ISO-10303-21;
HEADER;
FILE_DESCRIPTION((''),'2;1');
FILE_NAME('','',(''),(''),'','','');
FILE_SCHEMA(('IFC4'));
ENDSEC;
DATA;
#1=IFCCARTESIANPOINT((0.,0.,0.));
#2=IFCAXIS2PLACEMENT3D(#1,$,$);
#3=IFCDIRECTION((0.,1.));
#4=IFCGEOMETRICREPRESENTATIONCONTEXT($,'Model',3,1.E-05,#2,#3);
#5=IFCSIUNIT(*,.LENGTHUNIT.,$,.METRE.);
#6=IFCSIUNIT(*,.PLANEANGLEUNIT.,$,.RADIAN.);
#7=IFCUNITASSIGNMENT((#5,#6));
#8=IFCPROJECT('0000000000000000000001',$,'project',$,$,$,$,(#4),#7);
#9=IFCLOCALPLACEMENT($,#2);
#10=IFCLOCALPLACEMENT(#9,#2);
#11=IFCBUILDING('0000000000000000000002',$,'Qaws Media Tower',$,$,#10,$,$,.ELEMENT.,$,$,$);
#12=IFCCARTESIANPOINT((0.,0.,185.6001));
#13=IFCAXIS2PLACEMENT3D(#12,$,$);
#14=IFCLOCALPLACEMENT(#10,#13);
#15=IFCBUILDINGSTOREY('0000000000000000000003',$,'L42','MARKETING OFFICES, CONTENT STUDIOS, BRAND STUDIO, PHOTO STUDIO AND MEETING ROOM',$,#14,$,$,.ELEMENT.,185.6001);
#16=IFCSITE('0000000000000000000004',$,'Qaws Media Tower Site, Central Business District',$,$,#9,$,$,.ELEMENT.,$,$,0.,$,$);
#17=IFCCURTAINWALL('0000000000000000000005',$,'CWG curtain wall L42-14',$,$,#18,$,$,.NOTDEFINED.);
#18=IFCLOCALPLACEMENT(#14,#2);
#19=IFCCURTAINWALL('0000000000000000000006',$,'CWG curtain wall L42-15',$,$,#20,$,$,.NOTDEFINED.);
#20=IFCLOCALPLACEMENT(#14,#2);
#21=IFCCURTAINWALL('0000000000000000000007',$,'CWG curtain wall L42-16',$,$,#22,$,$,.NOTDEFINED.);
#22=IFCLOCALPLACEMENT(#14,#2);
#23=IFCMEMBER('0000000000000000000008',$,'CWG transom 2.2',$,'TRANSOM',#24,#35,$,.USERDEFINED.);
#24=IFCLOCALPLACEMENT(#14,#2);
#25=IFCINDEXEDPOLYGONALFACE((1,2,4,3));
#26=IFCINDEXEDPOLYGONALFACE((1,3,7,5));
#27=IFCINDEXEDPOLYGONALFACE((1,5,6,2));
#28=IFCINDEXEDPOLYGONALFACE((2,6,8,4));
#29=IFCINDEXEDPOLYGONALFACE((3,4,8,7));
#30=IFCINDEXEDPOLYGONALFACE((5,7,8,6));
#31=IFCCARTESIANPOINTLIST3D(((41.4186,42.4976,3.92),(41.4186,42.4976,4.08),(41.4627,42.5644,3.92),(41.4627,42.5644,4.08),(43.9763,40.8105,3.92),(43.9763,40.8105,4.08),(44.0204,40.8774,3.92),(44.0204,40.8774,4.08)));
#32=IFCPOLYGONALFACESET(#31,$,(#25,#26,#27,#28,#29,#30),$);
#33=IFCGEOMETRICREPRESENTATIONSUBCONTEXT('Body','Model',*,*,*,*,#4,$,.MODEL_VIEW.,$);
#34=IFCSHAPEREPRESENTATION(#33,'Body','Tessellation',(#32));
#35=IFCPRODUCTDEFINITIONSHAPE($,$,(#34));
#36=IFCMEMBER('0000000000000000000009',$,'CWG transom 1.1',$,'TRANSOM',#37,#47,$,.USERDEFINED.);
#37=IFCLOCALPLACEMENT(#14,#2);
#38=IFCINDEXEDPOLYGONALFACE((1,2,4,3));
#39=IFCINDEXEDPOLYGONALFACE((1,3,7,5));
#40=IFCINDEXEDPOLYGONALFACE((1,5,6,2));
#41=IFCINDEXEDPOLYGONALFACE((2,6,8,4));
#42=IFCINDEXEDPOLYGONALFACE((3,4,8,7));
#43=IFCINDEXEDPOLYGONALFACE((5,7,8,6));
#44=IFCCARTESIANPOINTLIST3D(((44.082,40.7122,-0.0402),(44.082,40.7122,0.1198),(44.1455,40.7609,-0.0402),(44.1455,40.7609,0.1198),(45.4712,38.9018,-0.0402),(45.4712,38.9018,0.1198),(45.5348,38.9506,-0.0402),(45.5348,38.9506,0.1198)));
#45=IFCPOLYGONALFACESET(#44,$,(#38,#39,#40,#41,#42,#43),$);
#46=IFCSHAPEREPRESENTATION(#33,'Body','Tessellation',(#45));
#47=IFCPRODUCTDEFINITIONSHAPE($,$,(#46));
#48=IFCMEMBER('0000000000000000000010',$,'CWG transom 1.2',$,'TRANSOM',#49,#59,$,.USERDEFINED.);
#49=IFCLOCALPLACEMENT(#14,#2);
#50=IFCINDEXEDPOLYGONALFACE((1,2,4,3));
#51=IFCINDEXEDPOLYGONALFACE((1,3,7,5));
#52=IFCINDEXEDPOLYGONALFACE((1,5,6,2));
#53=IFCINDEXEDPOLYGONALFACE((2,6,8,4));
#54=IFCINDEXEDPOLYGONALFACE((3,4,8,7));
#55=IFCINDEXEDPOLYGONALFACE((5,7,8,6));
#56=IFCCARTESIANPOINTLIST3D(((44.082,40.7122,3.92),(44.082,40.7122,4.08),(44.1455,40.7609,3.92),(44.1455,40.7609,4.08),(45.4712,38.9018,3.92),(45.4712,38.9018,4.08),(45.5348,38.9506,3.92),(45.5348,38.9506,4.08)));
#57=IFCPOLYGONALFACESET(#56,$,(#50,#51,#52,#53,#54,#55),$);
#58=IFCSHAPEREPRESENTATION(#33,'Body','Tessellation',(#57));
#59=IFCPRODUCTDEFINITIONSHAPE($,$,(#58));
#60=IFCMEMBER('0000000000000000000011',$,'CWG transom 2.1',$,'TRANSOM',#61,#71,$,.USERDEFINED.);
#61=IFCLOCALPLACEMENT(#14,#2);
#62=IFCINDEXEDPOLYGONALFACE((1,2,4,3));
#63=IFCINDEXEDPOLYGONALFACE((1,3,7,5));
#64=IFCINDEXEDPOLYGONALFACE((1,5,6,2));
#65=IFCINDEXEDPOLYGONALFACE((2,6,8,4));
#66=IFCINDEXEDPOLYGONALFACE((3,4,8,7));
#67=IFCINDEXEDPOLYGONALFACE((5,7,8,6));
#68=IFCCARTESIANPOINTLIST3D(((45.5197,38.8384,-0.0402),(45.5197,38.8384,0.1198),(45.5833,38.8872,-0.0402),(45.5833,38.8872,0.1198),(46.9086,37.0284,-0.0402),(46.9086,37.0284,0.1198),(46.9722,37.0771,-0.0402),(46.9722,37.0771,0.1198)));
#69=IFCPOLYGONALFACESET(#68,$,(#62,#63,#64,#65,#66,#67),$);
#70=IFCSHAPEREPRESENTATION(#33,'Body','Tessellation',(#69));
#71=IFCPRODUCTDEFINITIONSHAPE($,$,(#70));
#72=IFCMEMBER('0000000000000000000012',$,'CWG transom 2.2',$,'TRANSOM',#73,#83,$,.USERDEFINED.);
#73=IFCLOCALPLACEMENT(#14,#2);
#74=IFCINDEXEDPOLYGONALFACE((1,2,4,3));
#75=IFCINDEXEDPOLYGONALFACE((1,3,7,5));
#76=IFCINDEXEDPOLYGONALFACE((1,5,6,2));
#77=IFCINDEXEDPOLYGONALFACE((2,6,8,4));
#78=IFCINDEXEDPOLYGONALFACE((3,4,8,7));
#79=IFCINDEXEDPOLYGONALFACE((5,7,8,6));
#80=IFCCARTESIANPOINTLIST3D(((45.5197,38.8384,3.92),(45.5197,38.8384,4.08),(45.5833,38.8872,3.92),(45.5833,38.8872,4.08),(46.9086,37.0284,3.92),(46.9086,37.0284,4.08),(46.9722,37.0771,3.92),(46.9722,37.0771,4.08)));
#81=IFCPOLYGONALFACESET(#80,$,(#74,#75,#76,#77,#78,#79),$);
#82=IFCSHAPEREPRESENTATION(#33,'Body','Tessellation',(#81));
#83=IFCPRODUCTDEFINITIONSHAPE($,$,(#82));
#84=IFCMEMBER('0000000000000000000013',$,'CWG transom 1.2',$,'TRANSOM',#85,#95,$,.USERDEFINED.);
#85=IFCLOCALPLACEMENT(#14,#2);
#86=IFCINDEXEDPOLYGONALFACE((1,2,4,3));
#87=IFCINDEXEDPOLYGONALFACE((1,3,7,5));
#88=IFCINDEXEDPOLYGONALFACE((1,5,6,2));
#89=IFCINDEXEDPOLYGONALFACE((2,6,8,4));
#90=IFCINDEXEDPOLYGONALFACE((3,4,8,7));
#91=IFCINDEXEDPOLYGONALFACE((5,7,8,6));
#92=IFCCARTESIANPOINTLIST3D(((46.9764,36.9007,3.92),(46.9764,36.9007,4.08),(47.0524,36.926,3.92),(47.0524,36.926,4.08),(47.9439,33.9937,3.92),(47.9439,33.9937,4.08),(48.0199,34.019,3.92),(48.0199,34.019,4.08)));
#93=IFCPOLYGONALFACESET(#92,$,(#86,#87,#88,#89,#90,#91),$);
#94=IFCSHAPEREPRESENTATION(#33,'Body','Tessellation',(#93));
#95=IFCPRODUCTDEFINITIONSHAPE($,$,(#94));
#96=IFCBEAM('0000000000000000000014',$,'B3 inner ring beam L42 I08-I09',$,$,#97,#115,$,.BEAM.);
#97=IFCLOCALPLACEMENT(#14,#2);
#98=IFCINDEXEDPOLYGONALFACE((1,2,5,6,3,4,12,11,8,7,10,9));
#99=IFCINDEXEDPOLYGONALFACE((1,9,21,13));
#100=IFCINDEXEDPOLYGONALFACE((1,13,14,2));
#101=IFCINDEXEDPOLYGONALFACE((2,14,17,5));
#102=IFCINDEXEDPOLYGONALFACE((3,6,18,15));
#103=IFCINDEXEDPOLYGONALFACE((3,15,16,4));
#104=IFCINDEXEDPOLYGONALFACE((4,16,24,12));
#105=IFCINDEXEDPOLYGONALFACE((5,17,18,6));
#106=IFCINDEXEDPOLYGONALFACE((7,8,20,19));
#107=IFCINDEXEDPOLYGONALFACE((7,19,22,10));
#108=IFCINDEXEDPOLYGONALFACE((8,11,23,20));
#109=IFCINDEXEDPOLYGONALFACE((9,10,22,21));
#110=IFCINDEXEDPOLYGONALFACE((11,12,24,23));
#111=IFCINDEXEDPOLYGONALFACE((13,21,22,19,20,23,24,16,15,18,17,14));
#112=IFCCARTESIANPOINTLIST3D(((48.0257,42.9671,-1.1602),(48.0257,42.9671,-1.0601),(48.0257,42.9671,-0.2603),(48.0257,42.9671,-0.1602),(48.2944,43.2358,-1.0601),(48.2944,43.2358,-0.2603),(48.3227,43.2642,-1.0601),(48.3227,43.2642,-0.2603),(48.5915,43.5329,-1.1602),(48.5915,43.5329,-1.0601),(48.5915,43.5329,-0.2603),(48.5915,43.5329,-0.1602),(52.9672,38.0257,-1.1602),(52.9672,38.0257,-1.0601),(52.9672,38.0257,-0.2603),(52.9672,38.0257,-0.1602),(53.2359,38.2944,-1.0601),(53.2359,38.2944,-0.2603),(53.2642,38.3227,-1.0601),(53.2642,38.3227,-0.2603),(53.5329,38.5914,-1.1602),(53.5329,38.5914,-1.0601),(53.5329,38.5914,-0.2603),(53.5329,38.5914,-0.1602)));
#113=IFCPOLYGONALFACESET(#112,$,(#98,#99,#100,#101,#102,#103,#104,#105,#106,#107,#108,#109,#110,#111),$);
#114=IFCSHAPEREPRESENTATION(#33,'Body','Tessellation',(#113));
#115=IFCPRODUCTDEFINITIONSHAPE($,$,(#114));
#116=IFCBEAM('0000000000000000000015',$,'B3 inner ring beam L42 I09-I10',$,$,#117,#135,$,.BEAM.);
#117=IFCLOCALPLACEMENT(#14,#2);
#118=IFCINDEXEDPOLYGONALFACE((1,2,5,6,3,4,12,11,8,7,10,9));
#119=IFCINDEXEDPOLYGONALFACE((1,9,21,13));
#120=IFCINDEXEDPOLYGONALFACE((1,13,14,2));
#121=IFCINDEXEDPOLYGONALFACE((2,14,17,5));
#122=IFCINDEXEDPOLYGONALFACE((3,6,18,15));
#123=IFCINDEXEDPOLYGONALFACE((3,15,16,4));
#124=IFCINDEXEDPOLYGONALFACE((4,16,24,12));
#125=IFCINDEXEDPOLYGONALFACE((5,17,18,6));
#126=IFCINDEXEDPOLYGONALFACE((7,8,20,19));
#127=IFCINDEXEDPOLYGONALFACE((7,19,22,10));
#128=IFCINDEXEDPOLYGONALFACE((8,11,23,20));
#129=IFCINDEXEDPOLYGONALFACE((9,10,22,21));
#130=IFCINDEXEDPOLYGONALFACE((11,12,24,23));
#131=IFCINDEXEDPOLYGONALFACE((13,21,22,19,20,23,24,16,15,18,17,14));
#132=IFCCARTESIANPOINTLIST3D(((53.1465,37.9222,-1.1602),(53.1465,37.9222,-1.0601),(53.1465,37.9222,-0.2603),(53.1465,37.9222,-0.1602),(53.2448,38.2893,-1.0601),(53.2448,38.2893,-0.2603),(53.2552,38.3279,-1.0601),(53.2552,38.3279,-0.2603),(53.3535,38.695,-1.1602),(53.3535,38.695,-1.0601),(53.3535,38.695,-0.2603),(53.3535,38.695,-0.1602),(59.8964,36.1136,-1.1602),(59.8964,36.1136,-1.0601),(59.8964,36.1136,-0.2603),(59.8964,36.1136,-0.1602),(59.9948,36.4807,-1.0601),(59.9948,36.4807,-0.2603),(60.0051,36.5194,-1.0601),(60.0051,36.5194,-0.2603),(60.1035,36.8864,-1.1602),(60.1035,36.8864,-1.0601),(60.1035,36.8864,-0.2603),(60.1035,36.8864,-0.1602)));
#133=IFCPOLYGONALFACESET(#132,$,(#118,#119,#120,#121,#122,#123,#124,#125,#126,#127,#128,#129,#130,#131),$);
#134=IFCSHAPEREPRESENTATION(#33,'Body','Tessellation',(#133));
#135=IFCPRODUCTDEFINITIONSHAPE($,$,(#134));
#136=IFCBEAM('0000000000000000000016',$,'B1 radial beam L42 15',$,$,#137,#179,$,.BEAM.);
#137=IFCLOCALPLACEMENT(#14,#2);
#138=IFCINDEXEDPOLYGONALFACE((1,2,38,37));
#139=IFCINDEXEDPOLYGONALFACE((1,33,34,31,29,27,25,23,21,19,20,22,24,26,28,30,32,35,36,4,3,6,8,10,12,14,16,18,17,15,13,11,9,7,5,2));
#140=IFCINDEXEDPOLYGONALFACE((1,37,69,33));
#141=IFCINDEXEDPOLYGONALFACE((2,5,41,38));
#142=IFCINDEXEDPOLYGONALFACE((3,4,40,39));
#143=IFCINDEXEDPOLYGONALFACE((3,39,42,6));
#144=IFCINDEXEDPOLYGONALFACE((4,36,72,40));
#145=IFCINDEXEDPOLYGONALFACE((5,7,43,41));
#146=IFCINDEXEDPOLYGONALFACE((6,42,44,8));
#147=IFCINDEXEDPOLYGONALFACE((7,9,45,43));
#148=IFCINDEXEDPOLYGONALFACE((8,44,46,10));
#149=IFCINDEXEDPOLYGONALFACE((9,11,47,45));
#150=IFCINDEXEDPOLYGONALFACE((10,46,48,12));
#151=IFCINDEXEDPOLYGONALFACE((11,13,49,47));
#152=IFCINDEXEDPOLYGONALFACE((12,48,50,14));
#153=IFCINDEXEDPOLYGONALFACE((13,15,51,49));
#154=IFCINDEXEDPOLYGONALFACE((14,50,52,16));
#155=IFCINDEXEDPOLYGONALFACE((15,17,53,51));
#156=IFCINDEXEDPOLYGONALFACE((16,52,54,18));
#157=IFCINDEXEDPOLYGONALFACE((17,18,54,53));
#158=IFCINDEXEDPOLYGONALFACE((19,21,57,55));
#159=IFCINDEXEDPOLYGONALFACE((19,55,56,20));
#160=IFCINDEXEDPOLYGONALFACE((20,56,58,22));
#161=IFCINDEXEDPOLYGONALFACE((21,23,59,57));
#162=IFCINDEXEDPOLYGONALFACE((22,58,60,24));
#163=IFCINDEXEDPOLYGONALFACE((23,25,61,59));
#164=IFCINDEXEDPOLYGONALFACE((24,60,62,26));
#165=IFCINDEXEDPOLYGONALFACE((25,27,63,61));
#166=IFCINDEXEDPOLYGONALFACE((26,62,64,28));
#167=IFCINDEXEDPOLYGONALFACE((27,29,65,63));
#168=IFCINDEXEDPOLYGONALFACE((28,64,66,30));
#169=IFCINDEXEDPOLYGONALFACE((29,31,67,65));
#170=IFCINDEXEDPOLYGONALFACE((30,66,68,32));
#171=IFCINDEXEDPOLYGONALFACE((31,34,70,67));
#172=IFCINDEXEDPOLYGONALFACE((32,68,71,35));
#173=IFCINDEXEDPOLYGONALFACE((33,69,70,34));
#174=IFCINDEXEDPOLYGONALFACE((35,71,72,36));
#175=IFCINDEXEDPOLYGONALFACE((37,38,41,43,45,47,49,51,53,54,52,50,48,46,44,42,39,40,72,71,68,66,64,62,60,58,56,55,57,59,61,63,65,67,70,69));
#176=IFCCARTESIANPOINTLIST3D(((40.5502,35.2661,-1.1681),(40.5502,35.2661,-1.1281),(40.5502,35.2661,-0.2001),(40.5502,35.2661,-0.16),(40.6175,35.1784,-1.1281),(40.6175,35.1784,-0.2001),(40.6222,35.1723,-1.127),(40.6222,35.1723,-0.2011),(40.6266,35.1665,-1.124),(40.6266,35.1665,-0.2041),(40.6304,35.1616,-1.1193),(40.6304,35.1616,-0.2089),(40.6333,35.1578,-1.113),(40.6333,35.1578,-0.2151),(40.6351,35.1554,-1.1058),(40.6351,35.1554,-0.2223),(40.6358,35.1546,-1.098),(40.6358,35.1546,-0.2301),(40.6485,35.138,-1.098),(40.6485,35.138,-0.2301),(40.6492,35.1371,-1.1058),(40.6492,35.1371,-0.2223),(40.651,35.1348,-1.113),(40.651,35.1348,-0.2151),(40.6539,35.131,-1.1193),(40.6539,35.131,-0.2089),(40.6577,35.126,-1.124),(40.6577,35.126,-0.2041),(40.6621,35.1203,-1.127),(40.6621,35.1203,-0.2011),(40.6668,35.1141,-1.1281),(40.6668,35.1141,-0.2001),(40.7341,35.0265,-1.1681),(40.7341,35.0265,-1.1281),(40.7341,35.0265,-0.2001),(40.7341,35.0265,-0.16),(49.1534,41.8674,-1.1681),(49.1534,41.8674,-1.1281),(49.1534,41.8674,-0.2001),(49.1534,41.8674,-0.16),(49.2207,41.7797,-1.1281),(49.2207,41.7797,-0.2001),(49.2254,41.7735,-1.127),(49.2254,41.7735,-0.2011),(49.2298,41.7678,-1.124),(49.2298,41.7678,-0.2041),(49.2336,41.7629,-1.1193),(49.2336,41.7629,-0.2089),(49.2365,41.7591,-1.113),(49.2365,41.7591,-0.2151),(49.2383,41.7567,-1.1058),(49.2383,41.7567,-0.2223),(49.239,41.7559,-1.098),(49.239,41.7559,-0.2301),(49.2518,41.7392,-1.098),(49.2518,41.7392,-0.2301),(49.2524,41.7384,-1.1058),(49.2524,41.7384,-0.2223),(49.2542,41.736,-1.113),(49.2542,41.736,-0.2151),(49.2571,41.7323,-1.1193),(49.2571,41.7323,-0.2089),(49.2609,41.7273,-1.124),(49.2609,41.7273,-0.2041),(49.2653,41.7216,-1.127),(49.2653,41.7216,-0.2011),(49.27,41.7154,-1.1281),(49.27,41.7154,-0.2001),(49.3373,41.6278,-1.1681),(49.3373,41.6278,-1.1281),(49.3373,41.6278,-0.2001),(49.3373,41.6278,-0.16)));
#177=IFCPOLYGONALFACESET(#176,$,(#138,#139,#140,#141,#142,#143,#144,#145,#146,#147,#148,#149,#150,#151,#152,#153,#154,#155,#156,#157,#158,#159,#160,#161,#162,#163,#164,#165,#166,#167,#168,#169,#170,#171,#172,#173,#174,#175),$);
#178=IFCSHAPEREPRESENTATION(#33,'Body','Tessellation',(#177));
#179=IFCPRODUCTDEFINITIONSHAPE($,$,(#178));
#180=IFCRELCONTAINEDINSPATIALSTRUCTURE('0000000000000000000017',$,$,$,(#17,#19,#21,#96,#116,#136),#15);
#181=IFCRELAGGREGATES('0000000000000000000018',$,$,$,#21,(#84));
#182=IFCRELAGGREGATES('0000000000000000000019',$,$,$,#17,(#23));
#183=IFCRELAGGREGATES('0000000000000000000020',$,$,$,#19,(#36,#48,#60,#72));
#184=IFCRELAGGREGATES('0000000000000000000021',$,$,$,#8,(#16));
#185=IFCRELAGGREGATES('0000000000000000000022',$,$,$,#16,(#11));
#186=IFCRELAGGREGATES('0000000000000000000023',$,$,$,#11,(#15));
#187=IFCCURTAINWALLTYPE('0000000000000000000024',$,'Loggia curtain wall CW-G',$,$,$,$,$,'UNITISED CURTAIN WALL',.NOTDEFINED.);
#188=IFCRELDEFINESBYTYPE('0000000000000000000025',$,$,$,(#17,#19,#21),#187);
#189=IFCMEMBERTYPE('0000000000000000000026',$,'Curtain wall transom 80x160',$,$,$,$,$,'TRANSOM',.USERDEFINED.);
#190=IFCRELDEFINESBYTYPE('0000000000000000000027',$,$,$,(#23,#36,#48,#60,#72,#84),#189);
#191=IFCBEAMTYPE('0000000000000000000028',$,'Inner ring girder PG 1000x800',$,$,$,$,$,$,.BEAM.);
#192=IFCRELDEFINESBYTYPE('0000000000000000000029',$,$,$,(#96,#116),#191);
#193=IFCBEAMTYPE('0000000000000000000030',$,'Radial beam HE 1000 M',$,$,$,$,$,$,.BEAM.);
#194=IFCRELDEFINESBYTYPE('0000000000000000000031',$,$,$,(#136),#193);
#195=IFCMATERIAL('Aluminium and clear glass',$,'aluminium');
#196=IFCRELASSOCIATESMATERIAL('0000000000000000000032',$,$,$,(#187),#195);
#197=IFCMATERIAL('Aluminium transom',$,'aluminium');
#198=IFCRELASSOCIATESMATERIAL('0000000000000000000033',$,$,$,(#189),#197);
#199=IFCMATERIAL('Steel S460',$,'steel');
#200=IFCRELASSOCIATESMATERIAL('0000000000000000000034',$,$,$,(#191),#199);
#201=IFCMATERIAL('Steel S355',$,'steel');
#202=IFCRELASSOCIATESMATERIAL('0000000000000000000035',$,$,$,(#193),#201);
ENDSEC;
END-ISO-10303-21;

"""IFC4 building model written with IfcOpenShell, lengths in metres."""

from ifc_helpers import new_model, si_unit, direction, frame, origin, origin_2d, place, context, subcontext, project, spatial, rectangle, i_section, extrude, material, material_profile, profile_set, type_object, element, aggregate, save


model = new_model("IFC4")

# Units and contexts
model_context = context("Model", 3, precision=1e-05, world=origin(), true_north=direction((0.0, 1.0)))
body_context = subcontext(model_context, "Body", "Model", "MODEL_VIEW")
ifc_project = project(units=[si_unit("LENGTHUNIT", "METRE"), si_unit("PLANEANGLEUNIT", "RADIAN")], contexts=[model_context])

# Site, building, storey
site_placement = place(None, origin())
site = spatial("IfcSite", under=ifc_project, at=site_placement, Name="Qaws Media Tower Site, Central Business District", CompositionType="ELEMENT", RefElevation=0.0)
building_placement = place(site_placement, origin())
building = spatial("IfcBuilding", under=site, at=building_placement, Name="Qaws Media Tower", CompositionType="ELEMENT")
storey_placement = place(building_placement, frame((0.0, 0.0, 185.6001)))
storey = spatial("IfcBuildingStorey", under=building, at=storey_placement, Name="L42", Description="MARKETING OFFICES, CONTENT STUDIOS, BRAND STUDIO, PHOTO STUDIO AND MEETING ROOM", CompositionType="ELEMENT", Elevation=185.6001)

# Curtain wall
ifc_material_1 = material(Name="Aluminium and clear glass", Category="aluminium")
curtain_wall_type = type_object("IfcCurtainWallType", Name="Loggia curtain wall CW-G", ElementType="UNITISED CURTAIN WALL", PredefinedType="NOTDEFINED", material=ifc_material_1)
curtain_wall_1_placement = place(storey_placement, origin())
curtain_wall_1 = element("IfcCurtainWall", 1, at=curtain_wall_1_placement, inside=storey, type_object=curtain_wall_type, Name="CWG curtain wall L42-14", PredefinedType="NOTDEFINED")

# Curtain wall
curtain_wall_2_placement = place(storey_placement, origin())
curtain_wall_2 = element("IfcCurtainWall", 2, at=curtain_wall_2_placement, inside=storey, type_object=curtain_wall_type, Name="CWG curtain wall L42-15", PredefinedType="NOTDEFINED")

# Curtain wall
curtain_wall_3_placement = place(storey_placement, origin())
curtain_wall_3 = element("IfcCurtainWall", 3, at=curtain_wall_3_placement, inside=storey, type_object=curtain_wall_type, Name="CWG curtain wall L42-16", PredefinedType="NOTDEFINED")

# Members
ifc_material_2 = material(Name="Aluminium transom", Category="aluminium")
ifc_material_profile_1 = material_profile(ifc_material_2, rectangle(XDim=0.0801, YDim=0.1599, at=origin_2d()), Name="80x160")
ifc_profile_set_1 = profile_set([ifc_material_profile_1], Name="Aluminium transom")
member_type_1 = type_object("IfcMemberType", Name="Curtain wall transom 80x160", ElementType="TRANSOM", PredefinedType="USERDEFINED", material=ifc_profile_set_1)
member_1_placement = place(storey_placement, frame((41.4407, 42.531, 4.0), z_axis=(0.834762, -0.550611, 0.0), x_axis=(0.550611, 0.834762, 0.0)))
member_1 = element("IfcMember", 4, at=member_1_placement, type_object=member_type_1, Name="CWG transom 2.2", ObjectType="TRANSOM", PredefinedType="USERDEFINED", context=body_context, shape_type="SweptSolid", body=[
    extrude(rectangle(XDim=0.0801, YDim=0.1599, at=origin_2d()), origin(), (0.0, 0.0, 1.0), 3.064),
])
member_2_placement = place(storey_placement, frame((44.1138, 40.7366, 0.0398), z_axis=(0.60878, -0.793339, 0.0), x_axis=(0.793339, 0.60878, 0.0)))
member_2 = element("IfcMember", 5, at=member_2_placement, type_object=member_type_1, Name="CWG transom 1.1", ObjectType="TRANSOM", PredefinedType="USERDEFINED", context=body_context, shape_type="SweptSolid", body=[
    extrude(rectangle(XDim=0.0801, YDim=0.1599, at=origin_2d()), origin(), (0.0, 0.0, 1.0), 2.282),
])
member_3_placement = place(storey_placement, frame((44.1138, 40.7366, 4.0), z_axis=(0.60878, -0.793339, 0.0), x_axis=(0.793339, 0.60878, 0.0)))
member_3 = element("IfcMember", 6, at=member_3_placement, type_object=member_type_1, Name="CWG transom 1.2", ObjectType="TRANSOM", PredefinedType="USERDEFINED", context=body_context, shape_type="SweptSolid", body=[
    extrude(rectangle(XDim=0.0801, YDim=0.1599, at=origin_2d()), origin(), (0.0, 0.0, 1.0), 2.282),
])
member_4_placement = place(storey_placement, frame((45.5515, 38.8628, 0.0398), z_axis=(0.608764, -0.793351, 0.0), x_axis=(0.793351, 0.608764, 0.0)))
member_4 = element("IfcMember", 7, at=member_4_placement, type_object=member_type_1, Name="CWG transom 2.1", ObjectType="TRANSOM", PredefinedType="USERDEFINED", context=body_context, shape_type="SweptSolid", body=[
    extrude(rectangle(XDim=0.0801, YDim=0.1599, at=origin_2d()), origin(), (0.0, 0.0, 1.0), 2.2815),
])
member_5_placement = place(storey_placement, frame((45.5515, 38.8628, 4.0), z_axis=(0.608764, -0.793351, 0.0), x_axis=(0.793351, 0.608764, 0.0)))
member_5 = element("IfcMember", 8, at=member_5_placement, type_object=member_type_1, Name="CWG transom 2.2", ObjectType="TRANSOM", PredefinedType="USERDEFINED", context=body_context, shape_type="SweptSolid", body=[
    extrude(rectangle(XDim=0.0801, YDim=0.1599, at=origin_2d()), origin(), (0.0, 0.0, 1.0), 2.2815),
])
member_6_placement = place(storey_placement, frame((47.0144, 36.9133, 4.0), z_axis=(0.315797, -0.948827, 0.0), x_axis=(0.948827, 0.315797, 0.0)))
member_6 = element("IfcMember", 9, at=member_6_placement, type_object=member_type_1, Name="CWG transom 1.2", ObjectType="TRANSOM", PredefinedType="USERDEFINED", context=body_context, shape_type="SweptSolid", body=[
    extrude(rectangle(XDim=0.0801, YDim=0.1599, at=origin_2d()), origin(), (0.0, 0.0, 1.0), 3.0637),
])
aggregate(curtain_wall_3, [member_6])

# Beams
ifc_material_3 = material(Name="Steel S460", Category="steel")
ifc_material_profile_2 = material_profile(ifc_material_3, i_section(OverallWidth=0.8, OverallDepth=1.0, WebThickness=0.04, FlangeThickness=0.1001, at=origin_2d()), Name="PG 1000x800")
ifc_profile_set_2 = profile_set([ifc_material_profile_2], Name="Steel S460")
beam_type_1 = type_object("IfcBeamType", Name="Inner ring girder PG 1000x800", PredefinedType="BEAM", material=ifc_profile_set_2)
beam_1_placement = place(storey_placement, frame((48.3086, 43.25, -0.6602), z_axis=(0.707107, -0.707107, 0.0), x_axis=(0.707107, 0.707107, 0.0)))
element("IfcBeam", 10, at=beam_1_placement, inside=storey, type_object=beam_type_1, Name="B3 inner ring beam L42 I08-I09", PredefinedType="BEAM", context=body_context, shape_type="SweptSolid", body=[
    extrude(i_section(OverallWidth=0.8, OverallDepth=1.0, WebThickness=0.04, FlangeThickness=0.1001, at=origin_2d()), origin(), (0.0, 0.0, 1.0), 6.9883),
])
beam_2_placement = place(storey_placement, frame((53.25, 38.3086, -0.6602), z_axis=(0.965928, -0.258811, 0.0), x_axis=(0.258811, 0.965928, 0.0)))
element("IfcBeam", 11, at=beam_2_placement, inside=storey, type_object=beam_type_1, Name="B3 inner ring beam L42 I09-I10", PredefinedType="BEAM", context=body_context, shape_type="SweptSolid", body=[
    extrude(i_section(OverallWidth=0.8, OverallDepth=1.0, WebThickness=0.04, FlangeThickness=0.1001, at=origin_2d()), origin(), (0.0, 0.0, 1.0), 6.988),
])
ifc_material_4 = material(Name="Steel S355", Category="steel")
ifc_material_profile_3 = material_profile(ifc_material_4, i_section(OverallWidth=0.302, OverallDepth=1.0081, WebThickness=0.021, FlangeThickness=0.04, FilletRadius=0.03, at=origin_2d()), Name="HE 1000 M")
ifc_profile_set_3 = profile_set([ifc_material_profile_3], Name="Steel S355")
beam_type_2 = type_object("IfcBeamType", Name="Radial beam HE 1000 M", PredefinedType="BEAM", material=ifc_profile_set_3)
for number, where, z_axis, x_axis, name in (
    (12, (49.2454, 41.7476, -0.6641), (-0.793362, -0.60875, 0.0), (0.60875, -0.793362, 0.0), "B1 radial beam L42 15"),
):
    element("IfcBeam", number, at=place(storey_placement, frame(where, z_axis=z_axis, x_axis=x_axis)), inside=storey, type_object=beam_type_2, Name=name, PredefinedType="BEAM", context=body_context, shape_type="SweptSolid", body=[
        extrude(i_section(OverallWidth=0.302, OverallDepth=1.0081, WebThickness=0.021, FlangeThickness=0.04, FilletRadius=0.03, at=origin_2d()), origin(), (0.0, 0.0, 1.0), 10.844),
    ])

aggregate(curtain_wall_1, [member_1])
aggregate(curtain_wall_2, [member_2, member_3, member_4, member_5])

save(model, "model.ifc")
